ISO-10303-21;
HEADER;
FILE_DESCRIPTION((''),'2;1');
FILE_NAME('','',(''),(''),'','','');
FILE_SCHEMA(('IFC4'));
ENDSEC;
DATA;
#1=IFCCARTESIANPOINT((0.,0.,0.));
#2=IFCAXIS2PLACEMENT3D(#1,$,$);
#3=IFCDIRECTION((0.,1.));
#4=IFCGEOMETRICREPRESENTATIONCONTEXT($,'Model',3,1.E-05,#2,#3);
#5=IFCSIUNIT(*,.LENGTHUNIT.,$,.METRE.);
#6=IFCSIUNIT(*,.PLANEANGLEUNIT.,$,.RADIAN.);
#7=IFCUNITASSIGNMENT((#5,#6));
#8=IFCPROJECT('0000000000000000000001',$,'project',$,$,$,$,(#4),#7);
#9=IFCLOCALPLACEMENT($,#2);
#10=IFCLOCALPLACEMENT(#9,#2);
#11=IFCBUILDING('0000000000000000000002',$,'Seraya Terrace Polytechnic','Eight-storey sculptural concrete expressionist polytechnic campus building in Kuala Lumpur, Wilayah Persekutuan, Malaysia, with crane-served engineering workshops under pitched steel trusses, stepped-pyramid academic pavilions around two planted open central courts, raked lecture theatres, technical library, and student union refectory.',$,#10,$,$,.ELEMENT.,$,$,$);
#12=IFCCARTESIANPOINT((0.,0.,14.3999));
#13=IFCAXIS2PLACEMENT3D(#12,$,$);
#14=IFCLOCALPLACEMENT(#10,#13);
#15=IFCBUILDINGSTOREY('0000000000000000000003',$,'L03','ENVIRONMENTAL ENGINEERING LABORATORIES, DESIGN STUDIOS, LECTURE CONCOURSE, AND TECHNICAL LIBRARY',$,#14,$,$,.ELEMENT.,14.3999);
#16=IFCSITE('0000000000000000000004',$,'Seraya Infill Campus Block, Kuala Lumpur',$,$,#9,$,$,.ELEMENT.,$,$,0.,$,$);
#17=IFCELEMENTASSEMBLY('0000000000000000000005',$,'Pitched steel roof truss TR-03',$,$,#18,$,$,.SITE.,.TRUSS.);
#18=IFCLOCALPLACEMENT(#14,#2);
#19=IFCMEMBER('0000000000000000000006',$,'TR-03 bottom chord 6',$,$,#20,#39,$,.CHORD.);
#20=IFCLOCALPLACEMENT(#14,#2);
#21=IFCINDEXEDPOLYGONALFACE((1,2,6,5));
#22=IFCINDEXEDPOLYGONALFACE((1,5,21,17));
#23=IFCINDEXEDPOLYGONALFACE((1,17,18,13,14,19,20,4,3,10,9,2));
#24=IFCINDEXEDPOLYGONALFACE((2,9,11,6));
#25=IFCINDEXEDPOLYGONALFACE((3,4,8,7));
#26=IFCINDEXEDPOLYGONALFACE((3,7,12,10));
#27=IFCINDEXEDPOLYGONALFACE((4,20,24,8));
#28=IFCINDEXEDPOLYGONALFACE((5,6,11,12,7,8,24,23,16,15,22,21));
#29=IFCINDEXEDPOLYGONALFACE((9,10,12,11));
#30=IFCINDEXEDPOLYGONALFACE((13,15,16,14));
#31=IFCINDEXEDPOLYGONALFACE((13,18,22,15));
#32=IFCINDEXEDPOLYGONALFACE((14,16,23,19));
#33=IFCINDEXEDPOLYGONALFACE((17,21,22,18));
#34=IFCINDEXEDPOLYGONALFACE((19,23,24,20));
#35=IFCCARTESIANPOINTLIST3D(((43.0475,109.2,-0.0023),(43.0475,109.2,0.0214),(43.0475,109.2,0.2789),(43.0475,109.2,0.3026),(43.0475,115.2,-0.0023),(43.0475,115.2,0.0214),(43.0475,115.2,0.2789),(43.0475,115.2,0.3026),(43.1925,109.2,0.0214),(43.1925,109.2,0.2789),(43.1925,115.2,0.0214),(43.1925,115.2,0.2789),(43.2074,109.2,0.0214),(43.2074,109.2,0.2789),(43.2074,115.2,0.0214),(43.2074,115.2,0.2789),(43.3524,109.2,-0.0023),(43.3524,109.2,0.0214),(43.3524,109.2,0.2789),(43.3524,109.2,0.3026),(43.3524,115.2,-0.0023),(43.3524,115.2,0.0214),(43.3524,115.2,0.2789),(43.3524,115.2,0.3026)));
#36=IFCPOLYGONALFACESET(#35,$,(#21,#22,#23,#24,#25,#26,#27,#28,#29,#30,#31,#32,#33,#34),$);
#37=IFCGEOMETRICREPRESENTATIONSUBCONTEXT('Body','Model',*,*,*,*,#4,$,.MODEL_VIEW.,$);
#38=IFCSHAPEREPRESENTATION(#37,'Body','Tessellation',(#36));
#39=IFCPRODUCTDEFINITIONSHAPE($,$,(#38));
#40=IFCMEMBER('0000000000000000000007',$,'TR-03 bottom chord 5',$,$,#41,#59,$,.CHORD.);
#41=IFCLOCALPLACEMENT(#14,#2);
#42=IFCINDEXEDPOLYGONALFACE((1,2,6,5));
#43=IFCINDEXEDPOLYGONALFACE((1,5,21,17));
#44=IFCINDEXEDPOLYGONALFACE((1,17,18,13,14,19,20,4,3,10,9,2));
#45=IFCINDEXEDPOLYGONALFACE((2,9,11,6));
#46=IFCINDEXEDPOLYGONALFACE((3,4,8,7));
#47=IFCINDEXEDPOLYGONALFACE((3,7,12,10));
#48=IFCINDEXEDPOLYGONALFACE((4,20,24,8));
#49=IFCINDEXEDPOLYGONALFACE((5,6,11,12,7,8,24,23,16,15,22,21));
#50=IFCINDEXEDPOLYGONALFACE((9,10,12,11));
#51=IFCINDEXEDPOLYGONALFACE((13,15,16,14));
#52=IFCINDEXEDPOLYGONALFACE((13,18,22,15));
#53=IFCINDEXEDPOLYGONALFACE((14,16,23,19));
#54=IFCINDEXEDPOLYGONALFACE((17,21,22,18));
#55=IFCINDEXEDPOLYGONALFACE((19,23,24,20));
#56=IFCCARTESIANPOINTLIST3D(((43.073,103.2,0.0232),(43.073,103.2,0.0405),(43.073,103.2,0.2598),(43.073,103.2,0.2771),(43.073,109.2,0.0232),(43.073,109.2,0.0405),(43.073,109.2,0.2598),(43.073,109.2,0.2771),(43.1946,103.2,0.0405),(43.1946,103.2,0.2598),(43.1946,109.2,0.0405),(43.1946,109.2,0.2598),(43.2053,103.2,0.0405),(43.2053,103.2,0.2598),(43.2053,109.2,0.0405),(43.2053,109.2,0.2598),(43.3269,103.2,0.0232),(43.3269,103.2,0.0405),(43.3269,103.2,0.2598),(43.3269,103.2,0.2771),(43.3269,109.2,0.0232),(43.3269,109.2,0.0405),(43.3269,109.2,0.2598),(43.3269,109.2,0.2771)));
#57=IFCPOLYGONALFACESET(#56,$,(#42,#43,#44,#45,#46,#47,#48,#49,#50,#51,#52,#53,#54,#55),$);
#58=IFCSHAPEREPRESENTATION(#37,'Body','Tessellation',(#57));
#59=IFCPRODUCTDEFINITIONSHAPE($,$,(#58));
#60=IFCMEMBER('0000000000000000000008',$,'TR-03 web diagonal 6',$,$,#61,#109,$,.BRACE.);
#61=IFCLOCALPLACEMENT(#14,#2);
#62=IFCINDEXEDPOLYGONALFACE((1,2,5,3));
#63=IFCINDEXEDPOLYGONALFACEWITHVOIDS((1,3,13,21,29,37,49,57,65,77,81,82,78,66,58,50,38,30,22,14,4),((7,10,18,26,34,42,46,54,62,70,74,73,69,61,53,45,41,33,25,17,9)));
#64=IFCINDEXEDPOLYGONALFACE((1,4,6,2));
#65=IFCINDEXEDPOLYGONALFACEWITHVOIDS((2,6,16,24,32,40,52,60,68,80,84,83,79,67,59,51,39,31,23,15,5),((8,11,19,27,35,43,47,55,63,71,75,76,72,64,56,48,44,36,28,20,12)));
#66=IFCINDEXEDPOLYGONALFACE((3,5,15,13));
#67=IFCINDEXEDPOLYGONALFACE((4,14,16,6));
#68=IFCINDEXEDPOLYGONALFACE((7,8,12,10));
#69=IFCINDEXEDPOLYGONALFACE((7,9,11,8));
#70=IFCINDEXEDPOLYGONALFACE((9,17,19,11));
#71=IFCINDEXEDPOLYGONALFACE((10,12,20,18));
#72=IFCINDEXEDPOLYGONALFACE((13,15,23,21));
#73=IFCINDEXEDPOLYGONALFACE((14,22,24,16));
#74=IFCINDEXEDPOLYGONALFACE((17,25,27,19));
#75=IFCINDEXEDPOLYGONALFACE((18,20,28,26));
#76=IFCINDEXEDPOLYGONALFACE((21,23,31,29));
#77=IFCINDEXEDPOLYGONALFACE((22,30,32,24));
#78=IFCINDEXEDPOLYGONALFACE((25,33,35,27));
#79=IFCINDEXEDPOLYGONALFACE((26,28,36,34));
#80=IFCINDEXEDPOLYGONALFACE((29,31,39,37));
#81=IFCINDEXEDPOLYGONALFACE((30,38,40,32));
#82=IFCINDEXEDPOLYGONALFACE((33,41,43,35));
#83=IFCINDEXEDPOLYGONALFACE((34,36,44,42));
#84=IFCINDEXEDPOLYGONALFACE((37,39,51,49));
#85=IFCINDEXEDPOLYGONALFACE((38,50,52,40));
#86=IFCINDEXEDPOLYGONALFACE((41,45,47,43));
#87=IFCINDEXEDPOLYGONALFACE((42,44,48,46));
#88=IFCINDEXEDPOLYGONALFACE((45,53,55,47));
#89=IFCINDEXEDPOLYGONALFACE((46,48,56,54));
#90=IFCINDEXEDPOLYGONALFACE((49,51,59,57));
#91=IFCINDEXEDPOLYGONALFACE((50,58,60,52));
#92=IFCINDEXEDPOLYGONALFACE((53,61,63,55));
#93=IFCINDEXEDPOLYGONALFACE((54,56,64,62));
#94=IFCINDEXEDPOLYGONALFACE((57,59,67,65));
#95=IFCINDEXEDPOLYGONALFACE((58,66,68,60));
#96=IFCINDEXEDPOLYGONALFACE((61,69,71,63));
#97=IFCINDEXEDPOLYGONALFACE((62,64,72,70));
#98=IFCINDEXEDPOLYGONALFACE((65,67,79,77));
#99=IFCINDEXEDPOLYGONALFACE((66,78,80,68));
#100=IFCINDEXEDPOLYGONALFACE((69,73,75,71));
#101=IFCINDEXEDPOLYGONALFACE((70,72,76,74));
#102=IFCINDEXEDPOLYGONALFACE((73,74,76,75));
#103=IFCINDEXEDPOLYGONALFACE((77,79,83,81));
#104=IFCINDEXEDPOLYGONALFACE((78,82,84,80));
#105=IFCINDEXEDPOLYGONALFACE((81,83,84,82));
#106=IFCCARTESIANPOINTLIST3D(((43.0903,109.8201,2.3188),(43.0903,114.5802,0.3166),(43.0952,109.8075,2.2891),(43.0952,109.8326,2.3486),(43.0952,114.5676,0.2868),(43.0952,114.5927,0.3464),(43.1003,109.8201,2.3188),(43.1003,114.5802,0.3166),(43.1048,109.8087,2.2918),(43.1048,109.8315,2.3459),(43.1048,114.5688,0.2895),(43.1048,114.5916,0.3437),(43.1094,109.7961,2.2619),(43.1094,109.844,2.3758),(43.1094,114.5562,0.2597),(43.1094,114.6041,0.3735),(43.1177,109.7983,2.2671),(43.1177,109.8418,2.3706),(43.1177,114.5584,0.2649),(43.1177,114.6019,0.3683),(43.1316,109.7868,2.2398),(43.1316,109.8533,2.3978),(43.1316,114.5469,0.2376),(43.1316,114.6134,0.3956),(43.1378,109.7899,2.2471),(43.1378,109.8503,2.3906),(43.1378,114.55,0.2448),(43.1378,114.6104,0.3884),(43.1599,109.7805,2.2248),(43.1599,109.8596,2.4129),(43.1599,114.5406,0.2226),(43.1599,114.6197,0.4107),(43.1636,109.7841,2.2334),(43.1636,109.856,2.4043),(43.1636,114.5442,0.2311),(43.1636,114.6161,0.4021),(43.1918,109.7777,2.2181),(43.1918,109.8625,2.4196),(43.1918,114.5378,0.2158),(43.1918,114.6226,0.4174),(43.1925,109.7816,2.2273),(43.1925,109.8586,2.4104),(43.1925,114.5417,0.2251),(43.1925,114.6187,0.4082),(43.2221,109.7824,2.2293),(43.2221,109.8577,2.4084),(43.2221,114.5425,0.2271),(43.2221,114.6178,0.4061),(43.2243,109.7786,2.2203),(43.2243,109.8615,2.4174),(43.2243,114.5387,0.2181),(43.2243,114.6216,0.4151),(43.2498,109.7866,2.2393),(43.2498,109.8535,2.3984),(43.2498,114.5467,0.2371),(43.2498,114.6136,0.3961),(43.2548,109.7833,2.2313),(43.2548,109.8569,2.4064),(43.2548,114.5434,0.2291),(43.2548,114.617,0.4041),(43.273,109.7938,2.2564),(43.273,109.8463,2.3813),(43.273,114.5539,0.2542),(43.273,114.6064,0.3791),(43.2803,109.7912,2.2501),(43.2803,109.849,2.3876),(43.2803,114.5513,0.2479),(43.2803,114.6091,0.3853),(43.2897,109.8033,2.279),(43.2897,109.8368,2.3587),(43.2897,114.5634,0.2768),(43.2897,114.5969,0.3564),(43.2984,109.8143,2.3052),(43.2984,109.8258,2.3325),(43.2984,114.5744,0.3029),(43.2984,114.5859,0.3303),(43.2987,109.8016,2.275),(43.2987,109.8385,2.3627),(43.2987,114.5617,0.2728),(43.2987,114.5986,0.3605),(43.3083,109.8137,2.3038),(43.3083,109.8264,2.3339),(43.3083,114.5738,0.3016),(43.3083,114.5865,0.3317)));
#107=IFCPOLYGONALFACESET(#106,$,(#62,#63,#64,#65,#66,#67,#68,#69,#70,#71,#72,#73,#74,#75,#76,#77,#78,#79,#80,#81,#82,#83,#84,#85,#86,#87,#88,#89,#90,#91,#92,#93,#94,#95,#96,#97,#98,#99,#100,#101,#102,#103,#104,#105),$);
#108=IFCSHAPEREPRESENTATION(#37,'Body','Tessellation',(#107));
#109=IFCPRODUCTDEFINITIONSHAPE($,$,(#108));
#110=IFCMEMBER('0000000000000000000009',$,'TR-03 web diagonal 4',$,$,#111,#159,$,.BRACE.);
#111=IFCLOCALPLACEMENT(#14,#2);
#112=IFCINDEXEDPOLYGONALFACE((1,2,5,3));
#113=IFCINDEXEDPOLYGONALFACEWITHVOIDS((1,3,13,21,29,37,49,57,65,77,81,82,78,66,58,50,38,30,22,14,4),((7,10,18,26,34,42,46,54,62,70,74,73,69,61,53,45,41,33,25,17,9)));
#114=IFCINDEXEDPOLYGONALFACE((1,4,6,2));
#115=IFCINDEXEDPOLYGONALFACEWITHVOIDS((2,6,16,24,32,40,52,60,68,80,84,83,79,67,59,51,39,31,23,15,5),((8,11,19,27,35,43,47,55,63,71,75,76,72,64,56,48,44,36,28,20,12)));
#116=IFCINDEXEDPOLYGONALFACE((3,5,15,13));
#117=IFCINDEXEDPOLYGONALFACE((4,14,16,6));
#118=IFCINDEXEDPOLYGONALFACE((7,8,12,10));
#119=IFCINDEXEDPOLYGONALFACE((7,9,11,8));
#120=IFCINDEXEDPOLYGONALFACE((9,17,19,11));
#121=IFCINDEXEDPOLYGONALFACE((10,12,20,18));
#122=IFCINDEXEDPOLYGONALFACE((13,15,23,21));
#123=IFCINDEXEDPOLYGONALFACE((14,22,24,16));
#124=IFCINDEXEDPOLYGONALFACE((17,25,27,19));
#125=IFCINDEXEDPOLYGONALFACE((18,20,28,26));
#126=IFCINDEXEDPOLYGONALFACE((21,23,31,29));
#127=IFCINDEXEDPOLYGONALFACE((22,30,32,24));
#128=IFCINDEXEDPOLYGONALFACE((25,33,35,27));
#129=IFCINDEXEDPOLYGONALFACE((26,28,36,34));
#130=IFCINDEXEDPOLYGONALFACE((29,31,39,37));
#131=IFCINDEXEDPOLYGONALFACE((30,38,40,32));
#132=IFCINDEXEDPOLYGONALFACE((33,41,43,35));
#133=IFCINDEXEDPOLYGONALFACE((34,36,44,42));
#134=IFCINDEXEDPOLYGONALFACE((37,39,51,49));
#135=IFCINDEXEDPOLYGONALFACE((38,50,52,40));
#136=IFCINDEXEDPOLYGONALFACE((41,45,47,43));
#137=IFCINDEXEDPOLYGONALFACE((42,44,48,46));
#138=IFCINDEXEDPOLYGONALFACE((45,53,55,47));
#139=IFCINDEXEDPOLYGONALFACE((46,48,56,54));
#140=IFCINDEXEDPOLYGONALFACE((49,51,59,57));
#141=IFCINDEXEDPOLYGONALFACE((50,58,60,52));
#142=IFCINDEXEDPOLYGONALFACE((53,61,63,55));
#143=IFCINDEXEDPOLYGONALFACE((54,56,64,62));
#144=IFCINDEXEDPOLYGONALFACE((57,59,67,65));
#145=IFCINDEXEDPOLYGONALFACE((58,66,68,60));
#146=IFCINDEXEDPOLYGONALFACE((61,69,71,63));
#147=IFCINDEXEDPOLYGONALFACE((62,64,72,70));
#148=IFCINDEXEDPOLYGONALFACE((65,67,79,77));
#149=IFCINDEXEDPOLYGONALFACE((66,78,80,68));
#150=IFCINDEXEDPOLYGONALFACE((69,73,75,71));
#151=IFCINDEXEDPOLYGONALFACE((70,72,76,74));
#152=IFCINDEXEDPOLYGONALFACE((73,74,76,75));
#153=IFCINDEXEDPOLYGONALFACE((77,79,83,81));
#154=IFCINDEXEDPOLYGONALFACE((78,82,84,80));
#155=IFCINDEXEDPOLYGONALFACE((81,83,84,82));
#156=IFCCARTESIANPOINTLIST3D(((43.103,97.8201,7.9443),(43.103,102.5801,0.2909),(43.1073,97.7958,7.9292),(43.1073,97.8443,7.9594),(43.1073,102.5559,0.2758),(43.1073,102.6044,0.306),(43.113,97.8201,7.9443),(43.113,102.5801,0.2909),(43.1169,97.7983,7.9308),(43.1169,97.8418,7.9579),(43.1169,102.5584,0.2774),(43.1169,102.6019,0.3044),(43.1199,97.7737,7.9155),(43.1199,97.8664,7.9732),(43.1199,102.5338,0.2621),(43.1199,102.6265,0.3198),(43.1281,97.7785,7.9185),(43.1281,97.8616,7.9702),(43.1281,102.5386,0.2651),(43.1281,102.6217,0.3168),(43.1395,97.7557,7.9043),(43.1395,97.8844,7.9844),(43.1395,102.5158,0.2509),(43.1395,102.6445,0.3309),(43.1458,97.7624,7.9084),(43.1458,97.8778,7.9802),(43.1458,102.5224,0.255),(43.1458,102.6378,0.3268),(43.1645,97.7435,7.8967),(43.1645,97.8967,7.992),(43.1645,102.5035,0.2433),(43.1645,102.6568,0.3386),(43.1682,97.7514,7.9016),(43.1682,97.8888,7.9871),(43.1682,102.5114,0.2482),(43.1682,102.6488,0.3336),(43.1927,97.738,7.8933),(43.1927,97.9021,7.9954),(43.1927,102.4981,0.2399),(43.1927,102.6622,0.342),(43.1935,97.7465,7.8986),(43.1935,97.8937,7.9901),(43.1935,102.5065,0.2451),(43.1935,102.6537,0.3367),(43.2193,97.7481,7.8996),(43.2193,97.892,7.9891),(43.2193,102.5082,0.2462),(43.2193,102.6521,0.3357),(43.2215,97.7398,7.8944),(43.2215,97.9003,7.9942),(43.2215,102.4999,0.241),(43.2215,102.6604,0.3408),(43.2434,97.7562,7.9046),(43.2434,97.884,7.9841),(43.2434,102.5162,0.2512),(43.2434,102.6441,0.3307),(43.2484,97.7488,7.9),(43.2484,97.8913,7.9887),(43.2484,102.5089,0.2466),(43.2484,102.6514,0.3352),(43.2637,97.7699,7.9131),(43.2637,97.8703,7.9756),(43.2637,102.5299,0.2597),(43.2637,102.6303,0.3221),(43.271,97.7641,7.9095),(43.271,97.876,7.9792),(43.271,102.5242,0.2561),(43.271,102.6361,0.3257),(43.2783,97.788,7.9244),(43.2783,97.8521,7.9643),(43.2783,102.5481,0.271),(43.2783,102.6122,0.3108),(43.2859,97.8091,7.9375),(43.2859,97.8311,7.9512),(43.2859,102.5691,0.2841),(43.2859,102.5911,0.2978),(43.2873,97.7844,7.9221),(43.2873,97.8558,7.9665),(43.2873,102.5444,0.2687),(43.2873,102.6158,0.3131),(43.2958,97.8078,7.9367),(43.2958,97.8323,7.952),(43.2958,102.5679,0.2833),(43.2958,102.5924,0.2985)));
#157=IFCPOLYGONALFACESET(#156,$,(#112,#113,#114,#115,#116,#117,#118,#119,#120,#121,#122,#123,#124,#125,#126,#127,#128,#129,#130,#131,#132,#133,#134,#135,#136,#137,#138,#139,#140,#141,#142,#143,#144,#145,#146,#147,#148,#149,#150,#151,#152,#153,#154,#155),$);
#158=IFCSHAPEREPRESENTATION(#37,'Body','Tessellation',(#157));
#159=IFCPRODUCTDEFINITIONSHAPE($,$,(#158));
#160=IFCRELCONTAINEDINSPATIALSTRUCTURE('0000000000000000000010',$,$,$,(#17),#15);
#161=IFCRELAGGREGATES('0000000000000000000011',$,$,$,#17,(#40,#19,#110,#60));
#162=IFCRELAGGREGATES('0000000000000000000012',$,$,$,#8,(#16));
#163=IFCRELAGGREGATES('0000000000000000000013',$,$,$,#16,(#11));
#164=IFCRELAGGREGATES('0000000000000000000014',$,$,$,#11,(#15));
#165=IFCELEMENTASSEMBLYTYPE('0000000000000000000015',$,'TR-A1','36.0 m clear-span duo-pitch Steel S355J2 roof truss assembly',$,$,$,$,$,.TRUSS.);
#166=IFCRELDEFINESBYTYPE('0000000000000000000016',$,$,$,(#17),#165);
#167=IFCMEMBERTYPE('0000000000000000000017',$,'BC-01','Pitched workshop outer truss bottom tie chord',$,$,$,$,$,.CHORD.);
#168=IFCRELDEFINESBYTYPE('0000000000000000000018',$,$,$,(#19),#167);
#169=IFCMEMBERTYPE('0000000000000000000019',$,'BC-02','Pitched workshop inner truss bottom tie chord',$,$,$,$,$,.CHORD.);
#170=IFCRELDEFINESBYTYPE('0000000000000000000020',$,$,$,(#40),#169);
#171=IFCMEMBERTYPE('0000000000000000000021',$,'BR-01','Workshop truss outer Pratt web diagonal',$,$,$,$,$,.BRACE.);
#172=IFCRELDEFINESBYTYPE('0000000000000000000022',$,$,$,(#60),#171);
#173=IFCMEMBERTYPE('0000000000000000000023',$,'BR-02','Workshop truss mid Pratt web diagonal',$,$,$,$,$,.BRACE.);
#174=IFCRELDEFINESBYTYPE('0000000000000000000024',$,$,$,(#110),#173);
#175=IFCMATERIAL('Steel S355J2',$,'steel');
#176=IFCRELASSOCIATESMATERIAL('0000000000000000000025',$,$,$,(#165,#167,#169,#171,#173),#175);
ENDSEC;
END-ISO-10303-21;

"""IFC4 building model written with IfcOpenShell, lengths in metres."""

from ifc_helpers import new_model, si_unit, direction, frame, origin, origin_2d, place, context, subcontext, project, spatial, hollow_circle, i_section, extrude, material, material_profile, profile_set, type_object, element, aggregate, save


model = new_model("IFC4")

# Units and contexts
model_context = context("Model", 3, precision=1e-05, world=origin(), true_north=direction((0.0, 1.0)))
body_context = subcontext(model_context, "Body", "Model", "MODEL_VIEW")
ifc_project = project(units=[si_unit("LENGTHUNIT", "METRE"), si_unit("PLANEANGLEUNIT", "RADIAN")], contexts=[model_context])

# Site, building, storey
site_placement = place(None, origin())
site = spatial("IfcSite", under=ifc_project, at=site_placement, Name="Seraya Infill Campus Block, Kuala Lumpur", CompositionType="ELEMENT", RefElevation=0.0)
building_placement = place(site_placement, origin())
building = spatial("IfcBuilding", under=site, at=building_placement, Name="Seraya Terrace Polytechnic", Description="Eight-storey sculptural concrete expressionist polytechnic campus building in Kuala Lumpur, Wilayah Persekutuan, Malaysia, with crane-served engineering workshops under pitched steel trusses, stepped-pyramid academic pavilions around two planted open central courts, raked lecture theatres, technical library, and student union refectory.", CompositionType="ELEMENT")
storey_placement = place(building_placement, frame((0.0, 0.0, 14.3999)))
storey = spatial("IfcBuildingStorey", under=building, at=storey_placement, Name="L03", Description="ENVIRONMENTAL ENGINEERING LABORATORIES, DESIGN STUDIOS, LECTURE CONCOURSE, AND TECHNICAL LIBRARY", CompositionType="ELEMENT", Elevation=14.3999)

# Element assembly, members
ifc_material_1 = material(Name="Steel S355J2", Category="steel")
element_assembly_type = type_object("IfcElementAssemblyType", Name="TR-A1", Description="36.0 m clear-span duo-pitch Steel S355J2 roof truss assembly", PredefinedType="TRUSS", material=ifc_material_1)
assembly_placement = place(storey_placement, origin())
assembly = element("IfcElementAssembly", 1, at=assembly_placement, inside=storey, type_object=element_assembly_type, Name="Pitched steel roof truss TR-03", AssemblyPlace="SITE", PredefinedType="TRUSS")
ifc_material_profile_1 = material_profile(ifc_material_1, i_section(OverallWidth=0.3049, OverallDepth=0.3049, WebThickness=0.0149, FlangeThickness=0.0237, at=origin_2d()), Name="UKC 305x305x14.9x23.8")
ifc_profile_set_1 = profile_set([ifc_material_profile_1], Name="Steel S355J2")
member_type_1 = type_object("IfcMemberType", Name="BC-01", Description="Pitched workshop outer truss bottom tie chord", PredefinedType="CHORD", material=ifc_profile_set_1)
member_1_placement = place(storey_placement, frame((43.2, 109.2, 0.1501), z_axis=(0.0, 1.0, 0.0), x_axis=(-1.0, 0.0, 0.0)))
member_1 = element("IfcMember", 2, at=member_1_placement, type_object=member_type_1, Name="TR-03 bottom chord 6", PredefinedType="CHORD", context=body_context, shape_type="SweptSolid", body=[
    extrude(i_section(OverallWidth=0.3049, OverallDepth=0.3049, WebThickness=0.0149, FlangeThickness=0.0237, at=origin_2d()), origin(), (0.0, 0.0, 1.0), 6.0),
])
ifc_material_profile_2 = material_profile(ifc_material_1, i_section(OverallWidth=0.2539, OverallDepth=0.2539, WebThickness=0.0107, FlangeThickness=0.0173, at=origin_2d()), Name="UKC 254x254x10.7x17.3")
ifc_profile_set_2 = profile_set([ifc_material_profile_2], Name="Steel S355J2")
member_type_2 = type_object("IfcMemberType", Name="BC-02", Description="Pitched workshop inner truss bottom tie chord", PredefinedType="CHORD", material=ifc_profile_set_2)
member_2_placement = place(storey_placement, frame((43.2, 103.2, 0.1501), z_axis=(0.0, 1.0, 0.0), x_axis=(-1.0, 0.0, 0.0)))
member_2 = element("IfcMember", 3, at=member_2_placement, type_object=member_type_2, Name="TR-03 bottom chord 5", PredefinedType="CHORD", context=body_context, shape_type="SweptSolid", body=[
    extrude(i_section(OverallWidth=0.2539, OverallDepth=0.2539, WebThickness=0.0107, FlangeThickness=0.0173, at=origin_2d()), origin(), (0.0, 0.0, 1.0), 6.0),
])
ifc_material_profile_3 = material_profile(ifc_material_1, hollow_circle(Radius=0.1096, WallThickness=0.01, at=origin_2d()), Name="CHS 219.1x10.0")
ifc_profile_set_3 = profile_set([ifc_material_profile_3], Name="Steel S355J2")
member_type_3 = type_object("IfcMemberType", Name="BR-01", Description="Workshop truss outer Pratt web diagonal", PredefinedType="BRACE", material=ifc_profile_set_3)
member_3_placement = place(storey_placement, frame((43.2, 109.8201, 2.3188), z_axis=(0.0, 0.921775, -0.387725), x_axis=(-1.0, 0.0, 0.0)))
member_3 = element("IfcMember", 4, at=member_3_placement, type_object=member_type_3, Name="TR-03 web diagonal 6", PredefinedType="BRACE", context=body_context, shape_type="SweptSolid", body=[
    extrude(hollow_circle(Radius=0.1096, WallThickness=0.01, at=origin_2d()), origin(), (0.0, 0.0, 1.0), 5.1641),
])
ifc_material_profile_4 = material_profile(ifc_material_1, hollow_circle(Radius=0.0969, WallThickness=0.01, at=origin_2d()), Name="CHS 193.7x10.0")
ifc_profile_set_4 = profile_set([ifc_material_profile_4], Name="Steel S355J2")
member_type_4 = type_object("IfcMemberType", Name="BR-02", Description="Workshop truss mid Pratt web diagonal", PredefinedType="BRACE", material=ifc_profile_set_4)
member_4_placement = place(storey_placement, frame((43.2, 97.8201, 7.9443), z_axis=(0.0, 0.528137, -0.849159), x_axis=(-1.0, 0.0, 0.0)))
member_4 = element("IfcMember", 5, at=member_4_placement, type_object=member_type_4, Name="TR-03 web diagonal 4", PredefinedType="BRACE", context=body_context, shape_type="SweptSolid", body=[
    extrude(hollow_circle(Radius=0.0969, WallThickness=0.01, at=origin_2d()), origin(), (0.0, 0.0, 1.0), 9.0129),
])

aggregate(assembly, [member_2, member_1, member_4, member_3])

save(model, "model.ifc")
